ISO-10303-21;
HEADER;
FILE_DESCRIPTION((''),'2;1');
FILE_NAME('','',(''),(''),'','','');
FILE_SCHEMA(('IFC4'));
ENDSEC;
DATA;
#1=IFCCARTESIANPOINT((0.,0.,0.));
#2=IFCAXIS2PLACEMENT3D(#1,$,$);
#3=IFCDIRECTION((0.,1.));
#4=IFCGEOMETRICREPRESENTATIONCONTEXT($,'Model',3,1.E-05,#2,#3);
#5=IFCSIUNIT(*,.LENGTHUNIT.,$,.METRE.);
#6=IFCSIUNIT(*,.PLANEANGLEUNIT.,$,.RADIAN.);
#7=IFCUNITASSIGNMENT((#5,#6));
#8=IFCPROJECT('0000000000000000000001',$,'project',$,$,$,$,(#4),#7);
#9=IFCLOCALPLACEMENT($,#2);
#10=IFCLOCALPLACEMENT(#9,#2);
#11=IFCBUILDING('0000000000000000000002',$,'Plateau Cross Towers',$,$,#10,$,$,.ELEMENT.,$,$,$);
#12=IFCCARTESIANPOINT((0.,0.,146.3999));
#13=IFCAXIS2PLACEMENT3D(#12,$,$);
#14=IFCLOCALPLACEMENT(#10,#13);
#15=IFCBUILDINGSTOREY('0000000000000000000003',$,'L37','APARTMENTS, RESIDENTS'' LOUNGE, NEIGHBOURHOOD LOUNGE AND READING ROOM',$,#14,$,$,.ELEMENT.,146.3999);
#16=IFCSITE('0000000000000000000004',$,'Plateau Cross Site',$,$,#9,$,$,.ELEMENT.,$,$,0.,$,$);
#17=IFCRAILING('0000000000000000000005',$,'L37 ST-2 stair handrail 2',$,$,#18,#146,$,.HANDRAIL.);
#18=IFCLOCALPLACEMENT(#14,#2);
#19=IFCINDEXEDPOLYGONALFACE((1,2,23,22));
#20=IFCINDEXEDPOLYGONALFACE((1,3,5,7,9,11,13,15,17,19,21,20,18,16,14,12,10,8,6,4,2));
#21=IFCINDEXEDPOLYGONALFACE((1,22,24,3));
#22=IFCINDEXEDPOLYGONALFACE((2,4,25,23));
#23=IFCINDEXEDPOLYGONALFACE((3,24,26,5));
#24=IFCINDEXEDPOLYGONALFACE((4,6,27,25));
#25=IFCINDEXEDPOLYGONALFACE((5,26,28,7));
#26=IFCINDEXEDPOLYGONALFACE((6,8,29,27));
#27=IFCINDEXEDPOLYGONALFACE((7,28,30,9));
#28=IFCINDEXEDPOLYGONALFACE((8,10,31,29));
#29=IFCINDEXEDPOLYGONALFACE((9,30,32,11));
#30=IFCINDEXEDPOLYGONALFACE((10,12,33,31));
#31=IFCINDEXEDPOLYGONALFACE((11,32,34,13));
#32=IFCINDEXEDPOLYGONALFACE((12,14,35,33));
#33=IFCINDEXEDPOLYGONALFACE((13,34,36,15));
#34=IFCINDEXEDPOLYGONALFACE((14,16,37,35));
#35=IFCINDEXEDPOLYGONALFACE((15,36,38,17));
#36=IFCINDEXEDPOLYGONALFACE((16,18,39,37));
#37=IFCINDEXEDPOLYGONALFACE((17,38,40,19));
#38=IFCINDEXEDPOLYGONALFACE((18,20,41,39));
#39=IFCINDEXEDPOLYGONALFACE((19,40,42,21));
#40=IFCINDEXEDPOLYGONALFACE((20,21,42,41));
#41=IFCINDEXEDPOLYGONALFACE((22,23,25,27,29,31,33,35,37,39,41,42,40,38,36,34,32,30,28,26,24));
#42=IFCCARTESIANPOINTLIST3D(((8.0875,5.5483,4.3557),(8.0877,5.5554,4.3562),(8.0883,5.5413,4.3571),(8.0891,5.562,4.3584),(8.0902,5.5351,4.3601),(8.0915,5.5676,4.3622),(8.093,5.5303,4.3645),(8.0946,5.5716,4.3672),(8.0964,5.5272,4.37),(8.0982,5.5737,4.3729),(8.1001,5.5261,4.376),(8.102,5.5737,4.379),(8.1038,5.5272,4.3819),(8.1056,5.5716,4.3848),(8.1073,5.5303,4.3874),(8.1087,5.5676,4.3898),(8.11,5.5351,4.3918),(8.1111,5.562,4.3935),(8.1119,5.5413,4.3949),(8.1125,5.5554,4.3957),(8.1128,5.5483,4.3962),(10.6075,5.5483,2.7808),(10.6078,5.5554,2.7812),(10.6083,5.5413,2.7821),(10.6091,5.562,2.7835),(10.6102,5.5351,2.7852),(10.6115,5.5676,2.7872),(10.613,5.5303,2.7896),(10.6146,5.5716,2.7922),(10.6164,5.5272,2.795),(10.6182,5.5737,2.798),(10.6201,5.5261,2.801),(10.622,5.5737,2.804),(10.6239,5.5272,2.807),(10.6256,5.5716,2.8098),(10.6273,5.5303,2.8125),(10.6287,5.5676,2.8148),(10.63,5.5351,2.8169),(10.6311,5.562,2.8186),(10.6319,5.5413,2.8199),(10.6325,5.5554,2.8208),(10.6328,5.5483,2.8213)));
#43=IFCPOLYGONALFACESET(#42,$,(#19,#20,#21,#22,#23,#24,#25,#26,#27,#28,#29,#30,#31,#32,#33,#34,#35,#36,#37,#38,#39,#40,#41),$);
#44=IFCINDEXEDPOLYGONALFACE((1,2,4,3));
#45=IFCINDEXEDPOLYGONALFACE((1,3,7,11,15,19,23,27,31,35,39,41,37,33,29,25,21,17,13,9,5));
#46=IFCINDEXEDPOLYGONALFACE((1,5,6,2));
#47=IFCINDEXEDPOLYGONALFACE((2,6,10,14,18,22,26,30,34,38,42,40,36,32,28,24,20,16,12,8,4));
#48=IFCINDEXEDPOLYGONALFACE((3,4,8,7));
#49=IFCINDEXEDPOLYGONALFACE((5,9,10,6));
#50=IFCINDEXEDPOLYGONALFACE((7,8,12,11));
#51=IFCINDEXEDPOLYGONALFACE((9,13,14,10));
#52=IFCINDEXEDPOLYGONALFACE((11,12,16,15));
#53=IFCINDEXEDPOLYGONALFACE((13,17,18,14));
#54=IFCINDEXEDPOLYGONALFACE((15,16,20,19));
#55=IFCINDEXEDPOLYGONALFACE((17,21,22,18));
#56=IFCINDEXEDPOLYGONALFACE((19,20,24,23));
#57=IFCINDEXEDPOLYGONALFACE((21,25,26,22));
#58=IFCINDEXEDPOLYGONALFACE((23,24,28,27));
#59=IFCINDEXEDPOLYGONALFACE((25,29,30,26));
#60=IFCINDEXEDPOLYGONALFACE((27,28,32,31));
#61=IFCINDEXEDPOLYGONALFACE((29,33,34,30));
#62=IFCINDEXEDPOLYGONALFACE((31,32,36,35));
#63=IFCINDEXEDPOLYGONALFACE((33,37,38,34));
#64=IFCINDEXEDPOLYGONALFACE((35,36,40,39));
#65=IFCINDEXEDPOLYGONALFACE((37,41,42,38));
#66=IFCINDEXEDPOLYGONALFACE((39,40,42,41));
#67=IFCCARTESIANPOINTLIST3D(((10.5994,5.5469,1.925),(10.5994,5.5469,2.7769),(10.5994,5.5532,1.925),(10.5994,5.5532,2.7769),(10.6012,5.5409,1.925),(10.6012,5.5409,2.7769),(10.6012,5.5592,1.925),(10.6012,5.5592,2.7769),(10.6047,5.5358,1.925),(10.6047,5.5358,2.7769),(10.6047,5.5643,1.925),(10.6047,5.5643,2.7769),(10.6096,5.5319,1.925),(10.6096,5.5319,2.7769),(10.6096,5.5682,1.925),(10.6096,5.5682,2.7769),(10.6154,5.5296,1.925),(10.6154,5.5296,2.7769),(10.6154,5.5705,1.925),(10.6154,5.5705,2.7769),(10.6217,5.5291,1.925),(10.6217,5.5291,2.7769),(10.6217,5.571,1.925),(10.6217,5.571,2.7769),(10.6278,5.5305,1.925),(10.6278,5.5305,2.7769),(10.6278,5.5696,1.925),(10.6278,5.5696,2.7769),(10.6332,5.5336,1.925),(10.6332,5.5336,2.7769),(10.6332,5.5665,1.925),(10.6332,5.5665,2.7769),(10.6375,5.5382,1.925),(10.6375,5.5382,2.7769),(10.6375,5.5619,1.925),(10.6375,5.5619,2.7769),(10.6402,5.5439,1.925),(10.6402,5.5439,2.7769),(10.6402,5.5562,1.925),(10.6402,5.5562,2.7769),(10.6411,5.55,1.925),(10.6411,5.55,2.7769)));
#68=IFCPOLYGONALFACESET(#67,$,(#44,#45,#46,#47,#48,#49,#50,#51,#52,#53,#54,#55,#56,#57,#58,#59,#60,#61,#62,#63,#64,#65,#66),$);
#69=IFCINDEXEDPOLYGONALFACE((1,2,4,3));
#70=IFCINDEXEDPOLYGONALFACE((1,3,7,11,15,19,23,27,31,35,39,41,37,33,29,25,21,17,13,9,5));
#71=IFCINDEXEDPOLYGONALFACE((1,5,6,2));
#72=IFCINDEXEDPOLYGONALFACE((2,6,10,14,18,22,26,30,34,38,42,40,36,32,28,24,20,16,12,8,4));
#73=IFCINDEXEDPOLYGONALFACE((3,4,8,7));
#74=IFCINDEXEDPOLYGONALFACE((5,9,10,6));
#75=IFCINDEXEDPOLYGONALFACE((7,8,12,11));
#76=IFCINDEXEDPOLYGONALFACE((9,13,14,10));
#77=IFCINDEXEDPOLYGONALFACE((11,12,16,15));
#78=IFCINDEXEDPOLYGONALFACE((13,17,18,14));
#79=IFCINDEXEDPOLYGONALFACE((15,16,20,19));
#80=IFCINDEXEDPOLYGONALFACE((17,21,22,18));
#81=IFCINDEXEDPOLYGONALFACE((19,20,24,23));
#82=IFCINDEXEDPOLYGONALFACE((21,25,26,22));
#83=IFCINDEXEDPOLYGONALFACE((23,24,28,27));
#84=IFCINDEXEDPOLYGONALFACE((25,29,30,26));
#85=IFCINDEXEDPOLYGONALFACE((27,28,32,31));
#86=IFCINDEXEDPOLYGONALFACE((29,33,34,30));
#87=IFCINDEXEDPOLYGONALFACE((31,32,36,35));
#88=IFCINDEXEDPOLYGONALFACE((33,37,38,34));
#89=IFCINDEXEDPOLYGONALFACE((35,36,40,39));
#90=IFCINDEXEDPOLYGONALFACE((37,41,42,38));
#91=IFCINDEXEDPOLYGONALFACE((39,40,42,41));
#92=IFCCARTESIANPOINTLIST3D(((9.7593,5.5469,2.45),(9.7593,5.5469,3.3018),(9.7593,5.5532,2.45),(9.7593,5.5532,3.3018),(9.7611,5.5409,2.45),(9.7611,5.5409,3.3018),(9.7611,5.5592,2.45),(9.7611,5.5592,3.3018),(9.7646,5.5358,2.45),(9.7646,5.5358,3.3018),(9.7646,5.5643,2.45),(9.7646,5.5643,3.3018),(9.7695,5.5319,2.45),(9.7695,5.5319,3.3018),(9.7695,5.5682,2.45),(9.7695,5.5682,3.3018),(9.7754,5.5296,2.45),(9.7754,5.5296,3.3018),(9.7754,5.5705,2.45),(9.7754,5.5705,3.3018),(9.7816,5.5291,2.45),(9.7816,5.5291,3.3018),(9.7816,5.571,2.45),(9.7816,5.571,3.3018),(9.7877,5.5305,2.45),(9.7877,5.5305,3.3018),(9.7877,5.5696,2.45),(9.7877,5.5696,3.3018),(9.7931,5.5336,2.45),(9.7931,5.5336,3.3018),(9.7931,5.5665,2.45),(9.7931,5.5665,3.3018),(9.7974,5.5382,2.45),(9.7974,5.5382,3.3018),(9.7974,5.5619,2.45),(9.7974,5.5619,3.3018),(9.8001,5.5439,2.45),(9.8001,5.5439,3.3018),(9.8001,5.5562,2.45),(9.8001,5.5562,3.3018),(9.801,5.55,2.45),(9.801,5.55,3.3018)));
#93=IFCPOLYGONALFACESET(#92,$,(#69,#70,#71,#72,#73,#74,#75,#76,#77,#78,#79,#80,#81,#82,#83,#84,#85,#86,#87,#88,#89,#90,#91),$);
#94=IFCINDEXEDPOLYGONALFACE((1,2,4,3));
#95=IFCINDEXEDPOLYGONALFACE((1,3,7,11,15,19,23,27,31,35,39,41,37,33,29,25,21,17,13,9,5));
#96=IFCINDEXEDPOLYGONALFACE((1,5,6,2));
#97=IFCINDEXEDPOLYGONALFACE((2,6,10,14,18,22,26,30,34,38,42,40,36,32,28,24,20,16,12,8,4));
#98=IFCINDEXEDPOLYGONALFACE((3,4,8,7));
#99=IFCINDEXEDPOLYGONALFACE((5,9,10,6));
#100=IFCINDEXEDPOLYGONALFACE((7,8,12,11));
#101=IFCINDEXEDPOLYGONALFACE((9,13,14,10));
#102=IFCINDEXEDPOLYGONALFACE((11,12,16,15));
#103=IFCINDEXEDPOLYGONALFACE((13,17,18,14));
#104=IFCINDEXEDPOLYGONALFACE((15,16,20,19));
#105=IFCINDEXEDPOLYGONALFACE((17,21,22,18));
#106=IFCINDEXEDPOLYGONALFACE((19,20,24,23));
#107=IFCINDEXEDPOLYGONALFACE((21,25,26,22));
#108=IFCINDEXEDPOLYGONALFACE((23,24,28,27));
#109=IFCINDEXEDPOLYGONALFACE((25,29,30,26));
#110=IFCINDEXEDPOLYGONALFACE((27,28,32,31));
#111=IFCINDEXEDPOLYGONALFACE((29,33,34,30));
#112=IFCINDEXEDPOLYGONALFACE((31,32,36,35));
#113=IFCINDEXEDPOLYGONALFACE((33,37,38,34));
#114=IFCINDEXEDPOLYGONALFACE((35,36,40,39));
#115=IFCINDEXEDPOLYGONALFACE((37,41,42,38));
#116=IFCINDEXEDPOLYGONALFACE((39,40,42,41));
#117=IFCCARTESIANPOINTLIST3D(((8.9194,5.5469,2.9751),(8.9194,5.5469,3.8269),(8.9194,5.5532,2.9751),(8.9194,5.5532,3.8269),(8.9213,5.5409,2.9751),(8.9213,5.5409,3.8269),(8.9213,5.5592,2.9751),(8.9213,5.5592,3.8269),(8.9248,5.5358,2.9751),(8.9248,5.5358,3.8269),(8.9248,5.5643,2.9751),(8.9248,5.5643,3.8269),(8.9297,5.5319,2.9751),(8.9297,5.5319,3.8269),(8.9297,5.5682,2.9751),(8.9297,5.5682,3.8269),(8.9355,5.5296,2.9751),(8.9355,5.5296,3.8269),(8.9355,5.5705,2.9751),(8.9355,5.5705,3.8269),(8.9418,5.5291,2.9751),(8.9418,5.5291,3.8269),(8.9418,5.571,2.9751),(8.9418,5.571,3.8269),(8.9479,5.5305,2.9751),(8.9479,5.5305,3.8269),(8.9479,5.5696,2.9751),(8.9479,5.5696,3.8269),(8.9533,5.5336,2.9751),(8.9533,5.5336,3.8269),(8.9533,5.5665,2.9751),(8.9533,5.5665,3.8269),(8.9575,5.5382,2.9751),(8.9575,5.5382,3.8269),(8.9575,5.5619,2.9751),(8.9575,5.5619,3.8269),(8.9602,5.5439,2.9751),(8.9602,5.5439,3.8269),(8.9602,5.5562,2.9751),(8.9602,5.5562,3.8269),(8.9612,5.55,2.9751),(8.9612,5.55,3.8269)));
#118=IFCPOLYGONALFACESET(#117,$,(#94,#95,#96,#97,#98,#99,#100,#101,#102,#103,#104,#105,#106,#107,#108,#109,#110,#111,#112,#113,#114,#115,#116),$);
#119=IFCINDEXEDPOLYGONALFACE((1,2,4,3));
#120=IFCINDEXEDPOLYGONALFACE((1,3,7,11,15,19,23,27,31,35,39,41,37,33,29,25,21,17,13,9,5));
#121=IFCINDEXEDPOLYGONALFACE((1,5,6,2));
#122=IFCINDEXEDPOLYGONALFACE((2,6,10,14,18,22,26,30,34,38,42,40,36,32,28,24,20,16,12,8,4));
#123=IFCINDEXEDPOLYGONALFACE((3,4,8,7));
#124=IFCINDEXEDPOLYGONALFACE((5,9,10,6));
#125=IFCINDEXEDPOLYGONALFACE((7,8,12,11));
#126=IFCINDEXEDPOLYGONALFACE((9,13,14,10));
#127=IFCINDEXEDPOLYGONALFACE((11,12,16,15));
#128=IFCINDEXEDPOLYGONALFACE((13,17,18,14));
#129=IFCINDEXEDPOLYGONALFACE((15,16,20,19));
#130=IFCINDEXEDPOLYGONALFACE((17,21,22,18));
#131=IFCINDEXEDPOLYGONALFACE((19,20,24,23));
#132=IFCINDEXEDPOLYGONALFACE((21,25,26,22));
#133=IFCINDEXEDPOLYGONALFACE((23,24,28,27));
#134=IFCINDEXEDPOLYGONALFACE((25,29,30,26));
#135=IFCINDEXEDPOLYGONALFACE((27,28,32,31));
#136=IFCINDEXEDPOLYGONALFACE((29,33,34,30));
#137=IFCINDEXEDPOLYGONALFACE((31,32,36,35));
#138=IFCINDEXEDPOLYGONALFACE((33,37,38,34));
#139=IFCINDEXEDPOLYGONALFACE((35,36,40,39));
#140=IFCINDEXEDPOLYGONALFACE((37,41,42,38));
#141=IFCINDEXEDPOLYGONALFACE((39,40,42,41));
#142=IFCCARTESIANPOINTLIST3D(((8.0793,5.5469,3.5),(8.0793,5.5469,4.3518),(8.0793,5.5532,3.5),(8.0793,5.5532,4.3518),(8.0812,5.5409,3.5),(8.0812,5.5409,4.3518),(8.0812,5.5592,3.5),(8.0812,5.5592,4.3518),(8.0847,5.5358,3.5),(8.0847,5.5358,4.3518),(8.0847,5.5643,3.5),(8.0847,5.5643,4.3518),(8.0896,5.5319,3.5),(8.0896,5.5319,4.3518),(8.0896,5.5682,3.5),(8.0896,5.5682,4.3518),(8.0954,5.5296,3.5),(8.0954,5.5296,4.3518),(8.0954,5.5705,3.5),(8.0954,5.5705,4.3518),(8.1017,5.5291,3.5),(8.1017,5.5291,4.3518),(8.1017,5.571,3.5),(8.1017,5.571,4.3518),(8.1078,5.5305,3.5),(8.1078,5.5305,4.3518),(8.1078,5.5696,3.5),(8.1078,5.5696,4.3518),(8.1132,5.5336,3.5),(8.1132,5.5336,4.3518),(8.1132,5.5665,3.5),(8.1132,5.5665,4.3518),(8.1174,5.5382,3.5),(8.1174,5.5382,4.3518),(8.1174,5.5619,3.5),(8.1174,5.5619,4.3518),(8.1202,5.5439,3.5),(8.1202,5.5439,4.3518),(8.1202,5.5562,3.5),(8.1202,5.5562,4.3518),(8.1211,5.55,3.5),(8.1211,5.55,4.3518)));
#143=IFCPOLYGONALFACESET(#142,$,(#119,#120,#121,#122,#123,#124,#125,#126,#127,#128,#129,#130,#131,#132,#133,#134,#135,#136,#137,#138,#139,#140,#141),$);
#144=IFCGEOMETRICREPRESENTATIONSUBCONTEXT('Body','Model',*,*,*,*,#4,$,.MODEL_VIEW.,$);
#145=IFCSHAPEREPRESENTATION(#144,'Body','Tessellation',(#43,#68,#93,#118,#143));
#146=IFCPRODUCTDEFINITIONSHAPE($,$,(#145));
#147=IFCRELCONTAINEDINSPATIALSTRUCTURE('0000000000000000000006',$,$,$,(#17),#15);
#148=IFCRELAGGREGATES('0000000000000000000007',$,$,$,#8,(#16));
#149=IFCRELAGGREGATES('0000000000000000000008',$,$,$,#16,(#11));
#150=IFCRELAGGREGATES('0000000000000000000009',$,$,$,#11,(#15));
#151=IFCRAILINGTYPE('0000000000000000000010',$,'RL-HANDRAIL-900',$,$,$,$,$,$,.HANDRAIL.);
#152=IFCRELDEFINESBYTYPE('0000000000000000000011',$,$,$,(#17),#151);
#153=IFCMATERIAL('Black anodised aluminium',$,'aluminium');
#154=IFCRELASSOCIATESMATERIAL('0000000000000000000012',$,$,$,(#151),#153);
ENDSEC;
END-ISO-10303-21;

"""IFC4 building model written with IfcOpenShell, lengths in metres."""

from ifc_helpers import new_model, si_unit, direction, frame, origin, origin_2d, place, context, subcontext, project, spatial, circle, extrude, material, type_object, element, save


model = new_model("IFC4")

# Units and contexts
model_context = context("Model", 3, precision=1e-05, world=origin(), true_north=direction((0.0, 1.0)))
body_context = subcontext(model_context, "Body", "Model", "MODEL_VIEW")
ifc_project = project(units=[si_unit("LENGTHUNIT", "METRE"), si_unit("PLANEANGLEUNIT", "RADIAN")], contexts=[model_context])

# Site, building, storey
site_placement = place(None, origin())
site = spatial("IfcSite", under=ifc_project, at=site_placement, Name="Plateau Cross Site", CompositionType="ELEMENT", RefElevation=0.0)
building_placement = place(site_placement, origin())
building = spatial("IfcBuilding", under=site, at=building_placement, Name="Plateau Cross Towers", CompositionType="ELEMENT")
storey_placement = place(building_placement, frame((0.0, 0.0, 146.3999)))
storey = spatial("IfcBuildingStorey", under=building, at=storey_placement, Name="L37", Description="APARTMENTS, RESIDENTS' LOUNGE, NEIGHBOURHOOD LOUNGE AND READING ROOM", CompositionType="ELEMENT", Elevation=146.3999)

# Railing
ifc_material_1 = material(Name="Black anodised aluminium", Category="aluminium")
railing_type_1 = type_object("IfcRailingType", Name="RL-HANDRAIL-900", PredefinedType="HANDRAIL", material=ifc_material_1)
railing_1_placement = place(storey_placement, frame((10.6201, 5.55, 1.925)))
element("IfcRailing", 1, at=railing_1_placement, inside=storey, type_object=railing_type_1, Name="L37 ST-2 stair handrail 2", PredefinedType="HANDRAIL", context=body_context, shape_type="SweptSolid", body=[
    extrude(circle(Radius=0.0239, at=origin_2d()), frame((0.0, 0.0, 0.876), z_axis=(-0.848008, 0.0, 0.529984), x_axis=(0.0, -1.0, 0.0)), (0.0, 0.0, 1.0), 2.9717),
    extrude(circle(Radius=0.021, at=origin_2d()), origin(), (0.0, 0.0, 1.0), 0.8518),
    extrude(circle(Radius=0.021, at=origin_2d()), frame((-0.8401, 0.0, 0.5249)), (0.0, 0.0, 1.0), 0.8518),
    extrude(circle(Radius=0.021, at=origin_2d()), frame((-1.6799, 0.0, 1.05)), (0.0, 0.0, 1.0), 0.8518),
    extrude(circle(Radius=0.021, at=origin_2d()), frame((-2.52, 0.0, 1.575)), (0.0, 0.0, 1.0), 0.8518),
])

save(model, "model.ifc")
